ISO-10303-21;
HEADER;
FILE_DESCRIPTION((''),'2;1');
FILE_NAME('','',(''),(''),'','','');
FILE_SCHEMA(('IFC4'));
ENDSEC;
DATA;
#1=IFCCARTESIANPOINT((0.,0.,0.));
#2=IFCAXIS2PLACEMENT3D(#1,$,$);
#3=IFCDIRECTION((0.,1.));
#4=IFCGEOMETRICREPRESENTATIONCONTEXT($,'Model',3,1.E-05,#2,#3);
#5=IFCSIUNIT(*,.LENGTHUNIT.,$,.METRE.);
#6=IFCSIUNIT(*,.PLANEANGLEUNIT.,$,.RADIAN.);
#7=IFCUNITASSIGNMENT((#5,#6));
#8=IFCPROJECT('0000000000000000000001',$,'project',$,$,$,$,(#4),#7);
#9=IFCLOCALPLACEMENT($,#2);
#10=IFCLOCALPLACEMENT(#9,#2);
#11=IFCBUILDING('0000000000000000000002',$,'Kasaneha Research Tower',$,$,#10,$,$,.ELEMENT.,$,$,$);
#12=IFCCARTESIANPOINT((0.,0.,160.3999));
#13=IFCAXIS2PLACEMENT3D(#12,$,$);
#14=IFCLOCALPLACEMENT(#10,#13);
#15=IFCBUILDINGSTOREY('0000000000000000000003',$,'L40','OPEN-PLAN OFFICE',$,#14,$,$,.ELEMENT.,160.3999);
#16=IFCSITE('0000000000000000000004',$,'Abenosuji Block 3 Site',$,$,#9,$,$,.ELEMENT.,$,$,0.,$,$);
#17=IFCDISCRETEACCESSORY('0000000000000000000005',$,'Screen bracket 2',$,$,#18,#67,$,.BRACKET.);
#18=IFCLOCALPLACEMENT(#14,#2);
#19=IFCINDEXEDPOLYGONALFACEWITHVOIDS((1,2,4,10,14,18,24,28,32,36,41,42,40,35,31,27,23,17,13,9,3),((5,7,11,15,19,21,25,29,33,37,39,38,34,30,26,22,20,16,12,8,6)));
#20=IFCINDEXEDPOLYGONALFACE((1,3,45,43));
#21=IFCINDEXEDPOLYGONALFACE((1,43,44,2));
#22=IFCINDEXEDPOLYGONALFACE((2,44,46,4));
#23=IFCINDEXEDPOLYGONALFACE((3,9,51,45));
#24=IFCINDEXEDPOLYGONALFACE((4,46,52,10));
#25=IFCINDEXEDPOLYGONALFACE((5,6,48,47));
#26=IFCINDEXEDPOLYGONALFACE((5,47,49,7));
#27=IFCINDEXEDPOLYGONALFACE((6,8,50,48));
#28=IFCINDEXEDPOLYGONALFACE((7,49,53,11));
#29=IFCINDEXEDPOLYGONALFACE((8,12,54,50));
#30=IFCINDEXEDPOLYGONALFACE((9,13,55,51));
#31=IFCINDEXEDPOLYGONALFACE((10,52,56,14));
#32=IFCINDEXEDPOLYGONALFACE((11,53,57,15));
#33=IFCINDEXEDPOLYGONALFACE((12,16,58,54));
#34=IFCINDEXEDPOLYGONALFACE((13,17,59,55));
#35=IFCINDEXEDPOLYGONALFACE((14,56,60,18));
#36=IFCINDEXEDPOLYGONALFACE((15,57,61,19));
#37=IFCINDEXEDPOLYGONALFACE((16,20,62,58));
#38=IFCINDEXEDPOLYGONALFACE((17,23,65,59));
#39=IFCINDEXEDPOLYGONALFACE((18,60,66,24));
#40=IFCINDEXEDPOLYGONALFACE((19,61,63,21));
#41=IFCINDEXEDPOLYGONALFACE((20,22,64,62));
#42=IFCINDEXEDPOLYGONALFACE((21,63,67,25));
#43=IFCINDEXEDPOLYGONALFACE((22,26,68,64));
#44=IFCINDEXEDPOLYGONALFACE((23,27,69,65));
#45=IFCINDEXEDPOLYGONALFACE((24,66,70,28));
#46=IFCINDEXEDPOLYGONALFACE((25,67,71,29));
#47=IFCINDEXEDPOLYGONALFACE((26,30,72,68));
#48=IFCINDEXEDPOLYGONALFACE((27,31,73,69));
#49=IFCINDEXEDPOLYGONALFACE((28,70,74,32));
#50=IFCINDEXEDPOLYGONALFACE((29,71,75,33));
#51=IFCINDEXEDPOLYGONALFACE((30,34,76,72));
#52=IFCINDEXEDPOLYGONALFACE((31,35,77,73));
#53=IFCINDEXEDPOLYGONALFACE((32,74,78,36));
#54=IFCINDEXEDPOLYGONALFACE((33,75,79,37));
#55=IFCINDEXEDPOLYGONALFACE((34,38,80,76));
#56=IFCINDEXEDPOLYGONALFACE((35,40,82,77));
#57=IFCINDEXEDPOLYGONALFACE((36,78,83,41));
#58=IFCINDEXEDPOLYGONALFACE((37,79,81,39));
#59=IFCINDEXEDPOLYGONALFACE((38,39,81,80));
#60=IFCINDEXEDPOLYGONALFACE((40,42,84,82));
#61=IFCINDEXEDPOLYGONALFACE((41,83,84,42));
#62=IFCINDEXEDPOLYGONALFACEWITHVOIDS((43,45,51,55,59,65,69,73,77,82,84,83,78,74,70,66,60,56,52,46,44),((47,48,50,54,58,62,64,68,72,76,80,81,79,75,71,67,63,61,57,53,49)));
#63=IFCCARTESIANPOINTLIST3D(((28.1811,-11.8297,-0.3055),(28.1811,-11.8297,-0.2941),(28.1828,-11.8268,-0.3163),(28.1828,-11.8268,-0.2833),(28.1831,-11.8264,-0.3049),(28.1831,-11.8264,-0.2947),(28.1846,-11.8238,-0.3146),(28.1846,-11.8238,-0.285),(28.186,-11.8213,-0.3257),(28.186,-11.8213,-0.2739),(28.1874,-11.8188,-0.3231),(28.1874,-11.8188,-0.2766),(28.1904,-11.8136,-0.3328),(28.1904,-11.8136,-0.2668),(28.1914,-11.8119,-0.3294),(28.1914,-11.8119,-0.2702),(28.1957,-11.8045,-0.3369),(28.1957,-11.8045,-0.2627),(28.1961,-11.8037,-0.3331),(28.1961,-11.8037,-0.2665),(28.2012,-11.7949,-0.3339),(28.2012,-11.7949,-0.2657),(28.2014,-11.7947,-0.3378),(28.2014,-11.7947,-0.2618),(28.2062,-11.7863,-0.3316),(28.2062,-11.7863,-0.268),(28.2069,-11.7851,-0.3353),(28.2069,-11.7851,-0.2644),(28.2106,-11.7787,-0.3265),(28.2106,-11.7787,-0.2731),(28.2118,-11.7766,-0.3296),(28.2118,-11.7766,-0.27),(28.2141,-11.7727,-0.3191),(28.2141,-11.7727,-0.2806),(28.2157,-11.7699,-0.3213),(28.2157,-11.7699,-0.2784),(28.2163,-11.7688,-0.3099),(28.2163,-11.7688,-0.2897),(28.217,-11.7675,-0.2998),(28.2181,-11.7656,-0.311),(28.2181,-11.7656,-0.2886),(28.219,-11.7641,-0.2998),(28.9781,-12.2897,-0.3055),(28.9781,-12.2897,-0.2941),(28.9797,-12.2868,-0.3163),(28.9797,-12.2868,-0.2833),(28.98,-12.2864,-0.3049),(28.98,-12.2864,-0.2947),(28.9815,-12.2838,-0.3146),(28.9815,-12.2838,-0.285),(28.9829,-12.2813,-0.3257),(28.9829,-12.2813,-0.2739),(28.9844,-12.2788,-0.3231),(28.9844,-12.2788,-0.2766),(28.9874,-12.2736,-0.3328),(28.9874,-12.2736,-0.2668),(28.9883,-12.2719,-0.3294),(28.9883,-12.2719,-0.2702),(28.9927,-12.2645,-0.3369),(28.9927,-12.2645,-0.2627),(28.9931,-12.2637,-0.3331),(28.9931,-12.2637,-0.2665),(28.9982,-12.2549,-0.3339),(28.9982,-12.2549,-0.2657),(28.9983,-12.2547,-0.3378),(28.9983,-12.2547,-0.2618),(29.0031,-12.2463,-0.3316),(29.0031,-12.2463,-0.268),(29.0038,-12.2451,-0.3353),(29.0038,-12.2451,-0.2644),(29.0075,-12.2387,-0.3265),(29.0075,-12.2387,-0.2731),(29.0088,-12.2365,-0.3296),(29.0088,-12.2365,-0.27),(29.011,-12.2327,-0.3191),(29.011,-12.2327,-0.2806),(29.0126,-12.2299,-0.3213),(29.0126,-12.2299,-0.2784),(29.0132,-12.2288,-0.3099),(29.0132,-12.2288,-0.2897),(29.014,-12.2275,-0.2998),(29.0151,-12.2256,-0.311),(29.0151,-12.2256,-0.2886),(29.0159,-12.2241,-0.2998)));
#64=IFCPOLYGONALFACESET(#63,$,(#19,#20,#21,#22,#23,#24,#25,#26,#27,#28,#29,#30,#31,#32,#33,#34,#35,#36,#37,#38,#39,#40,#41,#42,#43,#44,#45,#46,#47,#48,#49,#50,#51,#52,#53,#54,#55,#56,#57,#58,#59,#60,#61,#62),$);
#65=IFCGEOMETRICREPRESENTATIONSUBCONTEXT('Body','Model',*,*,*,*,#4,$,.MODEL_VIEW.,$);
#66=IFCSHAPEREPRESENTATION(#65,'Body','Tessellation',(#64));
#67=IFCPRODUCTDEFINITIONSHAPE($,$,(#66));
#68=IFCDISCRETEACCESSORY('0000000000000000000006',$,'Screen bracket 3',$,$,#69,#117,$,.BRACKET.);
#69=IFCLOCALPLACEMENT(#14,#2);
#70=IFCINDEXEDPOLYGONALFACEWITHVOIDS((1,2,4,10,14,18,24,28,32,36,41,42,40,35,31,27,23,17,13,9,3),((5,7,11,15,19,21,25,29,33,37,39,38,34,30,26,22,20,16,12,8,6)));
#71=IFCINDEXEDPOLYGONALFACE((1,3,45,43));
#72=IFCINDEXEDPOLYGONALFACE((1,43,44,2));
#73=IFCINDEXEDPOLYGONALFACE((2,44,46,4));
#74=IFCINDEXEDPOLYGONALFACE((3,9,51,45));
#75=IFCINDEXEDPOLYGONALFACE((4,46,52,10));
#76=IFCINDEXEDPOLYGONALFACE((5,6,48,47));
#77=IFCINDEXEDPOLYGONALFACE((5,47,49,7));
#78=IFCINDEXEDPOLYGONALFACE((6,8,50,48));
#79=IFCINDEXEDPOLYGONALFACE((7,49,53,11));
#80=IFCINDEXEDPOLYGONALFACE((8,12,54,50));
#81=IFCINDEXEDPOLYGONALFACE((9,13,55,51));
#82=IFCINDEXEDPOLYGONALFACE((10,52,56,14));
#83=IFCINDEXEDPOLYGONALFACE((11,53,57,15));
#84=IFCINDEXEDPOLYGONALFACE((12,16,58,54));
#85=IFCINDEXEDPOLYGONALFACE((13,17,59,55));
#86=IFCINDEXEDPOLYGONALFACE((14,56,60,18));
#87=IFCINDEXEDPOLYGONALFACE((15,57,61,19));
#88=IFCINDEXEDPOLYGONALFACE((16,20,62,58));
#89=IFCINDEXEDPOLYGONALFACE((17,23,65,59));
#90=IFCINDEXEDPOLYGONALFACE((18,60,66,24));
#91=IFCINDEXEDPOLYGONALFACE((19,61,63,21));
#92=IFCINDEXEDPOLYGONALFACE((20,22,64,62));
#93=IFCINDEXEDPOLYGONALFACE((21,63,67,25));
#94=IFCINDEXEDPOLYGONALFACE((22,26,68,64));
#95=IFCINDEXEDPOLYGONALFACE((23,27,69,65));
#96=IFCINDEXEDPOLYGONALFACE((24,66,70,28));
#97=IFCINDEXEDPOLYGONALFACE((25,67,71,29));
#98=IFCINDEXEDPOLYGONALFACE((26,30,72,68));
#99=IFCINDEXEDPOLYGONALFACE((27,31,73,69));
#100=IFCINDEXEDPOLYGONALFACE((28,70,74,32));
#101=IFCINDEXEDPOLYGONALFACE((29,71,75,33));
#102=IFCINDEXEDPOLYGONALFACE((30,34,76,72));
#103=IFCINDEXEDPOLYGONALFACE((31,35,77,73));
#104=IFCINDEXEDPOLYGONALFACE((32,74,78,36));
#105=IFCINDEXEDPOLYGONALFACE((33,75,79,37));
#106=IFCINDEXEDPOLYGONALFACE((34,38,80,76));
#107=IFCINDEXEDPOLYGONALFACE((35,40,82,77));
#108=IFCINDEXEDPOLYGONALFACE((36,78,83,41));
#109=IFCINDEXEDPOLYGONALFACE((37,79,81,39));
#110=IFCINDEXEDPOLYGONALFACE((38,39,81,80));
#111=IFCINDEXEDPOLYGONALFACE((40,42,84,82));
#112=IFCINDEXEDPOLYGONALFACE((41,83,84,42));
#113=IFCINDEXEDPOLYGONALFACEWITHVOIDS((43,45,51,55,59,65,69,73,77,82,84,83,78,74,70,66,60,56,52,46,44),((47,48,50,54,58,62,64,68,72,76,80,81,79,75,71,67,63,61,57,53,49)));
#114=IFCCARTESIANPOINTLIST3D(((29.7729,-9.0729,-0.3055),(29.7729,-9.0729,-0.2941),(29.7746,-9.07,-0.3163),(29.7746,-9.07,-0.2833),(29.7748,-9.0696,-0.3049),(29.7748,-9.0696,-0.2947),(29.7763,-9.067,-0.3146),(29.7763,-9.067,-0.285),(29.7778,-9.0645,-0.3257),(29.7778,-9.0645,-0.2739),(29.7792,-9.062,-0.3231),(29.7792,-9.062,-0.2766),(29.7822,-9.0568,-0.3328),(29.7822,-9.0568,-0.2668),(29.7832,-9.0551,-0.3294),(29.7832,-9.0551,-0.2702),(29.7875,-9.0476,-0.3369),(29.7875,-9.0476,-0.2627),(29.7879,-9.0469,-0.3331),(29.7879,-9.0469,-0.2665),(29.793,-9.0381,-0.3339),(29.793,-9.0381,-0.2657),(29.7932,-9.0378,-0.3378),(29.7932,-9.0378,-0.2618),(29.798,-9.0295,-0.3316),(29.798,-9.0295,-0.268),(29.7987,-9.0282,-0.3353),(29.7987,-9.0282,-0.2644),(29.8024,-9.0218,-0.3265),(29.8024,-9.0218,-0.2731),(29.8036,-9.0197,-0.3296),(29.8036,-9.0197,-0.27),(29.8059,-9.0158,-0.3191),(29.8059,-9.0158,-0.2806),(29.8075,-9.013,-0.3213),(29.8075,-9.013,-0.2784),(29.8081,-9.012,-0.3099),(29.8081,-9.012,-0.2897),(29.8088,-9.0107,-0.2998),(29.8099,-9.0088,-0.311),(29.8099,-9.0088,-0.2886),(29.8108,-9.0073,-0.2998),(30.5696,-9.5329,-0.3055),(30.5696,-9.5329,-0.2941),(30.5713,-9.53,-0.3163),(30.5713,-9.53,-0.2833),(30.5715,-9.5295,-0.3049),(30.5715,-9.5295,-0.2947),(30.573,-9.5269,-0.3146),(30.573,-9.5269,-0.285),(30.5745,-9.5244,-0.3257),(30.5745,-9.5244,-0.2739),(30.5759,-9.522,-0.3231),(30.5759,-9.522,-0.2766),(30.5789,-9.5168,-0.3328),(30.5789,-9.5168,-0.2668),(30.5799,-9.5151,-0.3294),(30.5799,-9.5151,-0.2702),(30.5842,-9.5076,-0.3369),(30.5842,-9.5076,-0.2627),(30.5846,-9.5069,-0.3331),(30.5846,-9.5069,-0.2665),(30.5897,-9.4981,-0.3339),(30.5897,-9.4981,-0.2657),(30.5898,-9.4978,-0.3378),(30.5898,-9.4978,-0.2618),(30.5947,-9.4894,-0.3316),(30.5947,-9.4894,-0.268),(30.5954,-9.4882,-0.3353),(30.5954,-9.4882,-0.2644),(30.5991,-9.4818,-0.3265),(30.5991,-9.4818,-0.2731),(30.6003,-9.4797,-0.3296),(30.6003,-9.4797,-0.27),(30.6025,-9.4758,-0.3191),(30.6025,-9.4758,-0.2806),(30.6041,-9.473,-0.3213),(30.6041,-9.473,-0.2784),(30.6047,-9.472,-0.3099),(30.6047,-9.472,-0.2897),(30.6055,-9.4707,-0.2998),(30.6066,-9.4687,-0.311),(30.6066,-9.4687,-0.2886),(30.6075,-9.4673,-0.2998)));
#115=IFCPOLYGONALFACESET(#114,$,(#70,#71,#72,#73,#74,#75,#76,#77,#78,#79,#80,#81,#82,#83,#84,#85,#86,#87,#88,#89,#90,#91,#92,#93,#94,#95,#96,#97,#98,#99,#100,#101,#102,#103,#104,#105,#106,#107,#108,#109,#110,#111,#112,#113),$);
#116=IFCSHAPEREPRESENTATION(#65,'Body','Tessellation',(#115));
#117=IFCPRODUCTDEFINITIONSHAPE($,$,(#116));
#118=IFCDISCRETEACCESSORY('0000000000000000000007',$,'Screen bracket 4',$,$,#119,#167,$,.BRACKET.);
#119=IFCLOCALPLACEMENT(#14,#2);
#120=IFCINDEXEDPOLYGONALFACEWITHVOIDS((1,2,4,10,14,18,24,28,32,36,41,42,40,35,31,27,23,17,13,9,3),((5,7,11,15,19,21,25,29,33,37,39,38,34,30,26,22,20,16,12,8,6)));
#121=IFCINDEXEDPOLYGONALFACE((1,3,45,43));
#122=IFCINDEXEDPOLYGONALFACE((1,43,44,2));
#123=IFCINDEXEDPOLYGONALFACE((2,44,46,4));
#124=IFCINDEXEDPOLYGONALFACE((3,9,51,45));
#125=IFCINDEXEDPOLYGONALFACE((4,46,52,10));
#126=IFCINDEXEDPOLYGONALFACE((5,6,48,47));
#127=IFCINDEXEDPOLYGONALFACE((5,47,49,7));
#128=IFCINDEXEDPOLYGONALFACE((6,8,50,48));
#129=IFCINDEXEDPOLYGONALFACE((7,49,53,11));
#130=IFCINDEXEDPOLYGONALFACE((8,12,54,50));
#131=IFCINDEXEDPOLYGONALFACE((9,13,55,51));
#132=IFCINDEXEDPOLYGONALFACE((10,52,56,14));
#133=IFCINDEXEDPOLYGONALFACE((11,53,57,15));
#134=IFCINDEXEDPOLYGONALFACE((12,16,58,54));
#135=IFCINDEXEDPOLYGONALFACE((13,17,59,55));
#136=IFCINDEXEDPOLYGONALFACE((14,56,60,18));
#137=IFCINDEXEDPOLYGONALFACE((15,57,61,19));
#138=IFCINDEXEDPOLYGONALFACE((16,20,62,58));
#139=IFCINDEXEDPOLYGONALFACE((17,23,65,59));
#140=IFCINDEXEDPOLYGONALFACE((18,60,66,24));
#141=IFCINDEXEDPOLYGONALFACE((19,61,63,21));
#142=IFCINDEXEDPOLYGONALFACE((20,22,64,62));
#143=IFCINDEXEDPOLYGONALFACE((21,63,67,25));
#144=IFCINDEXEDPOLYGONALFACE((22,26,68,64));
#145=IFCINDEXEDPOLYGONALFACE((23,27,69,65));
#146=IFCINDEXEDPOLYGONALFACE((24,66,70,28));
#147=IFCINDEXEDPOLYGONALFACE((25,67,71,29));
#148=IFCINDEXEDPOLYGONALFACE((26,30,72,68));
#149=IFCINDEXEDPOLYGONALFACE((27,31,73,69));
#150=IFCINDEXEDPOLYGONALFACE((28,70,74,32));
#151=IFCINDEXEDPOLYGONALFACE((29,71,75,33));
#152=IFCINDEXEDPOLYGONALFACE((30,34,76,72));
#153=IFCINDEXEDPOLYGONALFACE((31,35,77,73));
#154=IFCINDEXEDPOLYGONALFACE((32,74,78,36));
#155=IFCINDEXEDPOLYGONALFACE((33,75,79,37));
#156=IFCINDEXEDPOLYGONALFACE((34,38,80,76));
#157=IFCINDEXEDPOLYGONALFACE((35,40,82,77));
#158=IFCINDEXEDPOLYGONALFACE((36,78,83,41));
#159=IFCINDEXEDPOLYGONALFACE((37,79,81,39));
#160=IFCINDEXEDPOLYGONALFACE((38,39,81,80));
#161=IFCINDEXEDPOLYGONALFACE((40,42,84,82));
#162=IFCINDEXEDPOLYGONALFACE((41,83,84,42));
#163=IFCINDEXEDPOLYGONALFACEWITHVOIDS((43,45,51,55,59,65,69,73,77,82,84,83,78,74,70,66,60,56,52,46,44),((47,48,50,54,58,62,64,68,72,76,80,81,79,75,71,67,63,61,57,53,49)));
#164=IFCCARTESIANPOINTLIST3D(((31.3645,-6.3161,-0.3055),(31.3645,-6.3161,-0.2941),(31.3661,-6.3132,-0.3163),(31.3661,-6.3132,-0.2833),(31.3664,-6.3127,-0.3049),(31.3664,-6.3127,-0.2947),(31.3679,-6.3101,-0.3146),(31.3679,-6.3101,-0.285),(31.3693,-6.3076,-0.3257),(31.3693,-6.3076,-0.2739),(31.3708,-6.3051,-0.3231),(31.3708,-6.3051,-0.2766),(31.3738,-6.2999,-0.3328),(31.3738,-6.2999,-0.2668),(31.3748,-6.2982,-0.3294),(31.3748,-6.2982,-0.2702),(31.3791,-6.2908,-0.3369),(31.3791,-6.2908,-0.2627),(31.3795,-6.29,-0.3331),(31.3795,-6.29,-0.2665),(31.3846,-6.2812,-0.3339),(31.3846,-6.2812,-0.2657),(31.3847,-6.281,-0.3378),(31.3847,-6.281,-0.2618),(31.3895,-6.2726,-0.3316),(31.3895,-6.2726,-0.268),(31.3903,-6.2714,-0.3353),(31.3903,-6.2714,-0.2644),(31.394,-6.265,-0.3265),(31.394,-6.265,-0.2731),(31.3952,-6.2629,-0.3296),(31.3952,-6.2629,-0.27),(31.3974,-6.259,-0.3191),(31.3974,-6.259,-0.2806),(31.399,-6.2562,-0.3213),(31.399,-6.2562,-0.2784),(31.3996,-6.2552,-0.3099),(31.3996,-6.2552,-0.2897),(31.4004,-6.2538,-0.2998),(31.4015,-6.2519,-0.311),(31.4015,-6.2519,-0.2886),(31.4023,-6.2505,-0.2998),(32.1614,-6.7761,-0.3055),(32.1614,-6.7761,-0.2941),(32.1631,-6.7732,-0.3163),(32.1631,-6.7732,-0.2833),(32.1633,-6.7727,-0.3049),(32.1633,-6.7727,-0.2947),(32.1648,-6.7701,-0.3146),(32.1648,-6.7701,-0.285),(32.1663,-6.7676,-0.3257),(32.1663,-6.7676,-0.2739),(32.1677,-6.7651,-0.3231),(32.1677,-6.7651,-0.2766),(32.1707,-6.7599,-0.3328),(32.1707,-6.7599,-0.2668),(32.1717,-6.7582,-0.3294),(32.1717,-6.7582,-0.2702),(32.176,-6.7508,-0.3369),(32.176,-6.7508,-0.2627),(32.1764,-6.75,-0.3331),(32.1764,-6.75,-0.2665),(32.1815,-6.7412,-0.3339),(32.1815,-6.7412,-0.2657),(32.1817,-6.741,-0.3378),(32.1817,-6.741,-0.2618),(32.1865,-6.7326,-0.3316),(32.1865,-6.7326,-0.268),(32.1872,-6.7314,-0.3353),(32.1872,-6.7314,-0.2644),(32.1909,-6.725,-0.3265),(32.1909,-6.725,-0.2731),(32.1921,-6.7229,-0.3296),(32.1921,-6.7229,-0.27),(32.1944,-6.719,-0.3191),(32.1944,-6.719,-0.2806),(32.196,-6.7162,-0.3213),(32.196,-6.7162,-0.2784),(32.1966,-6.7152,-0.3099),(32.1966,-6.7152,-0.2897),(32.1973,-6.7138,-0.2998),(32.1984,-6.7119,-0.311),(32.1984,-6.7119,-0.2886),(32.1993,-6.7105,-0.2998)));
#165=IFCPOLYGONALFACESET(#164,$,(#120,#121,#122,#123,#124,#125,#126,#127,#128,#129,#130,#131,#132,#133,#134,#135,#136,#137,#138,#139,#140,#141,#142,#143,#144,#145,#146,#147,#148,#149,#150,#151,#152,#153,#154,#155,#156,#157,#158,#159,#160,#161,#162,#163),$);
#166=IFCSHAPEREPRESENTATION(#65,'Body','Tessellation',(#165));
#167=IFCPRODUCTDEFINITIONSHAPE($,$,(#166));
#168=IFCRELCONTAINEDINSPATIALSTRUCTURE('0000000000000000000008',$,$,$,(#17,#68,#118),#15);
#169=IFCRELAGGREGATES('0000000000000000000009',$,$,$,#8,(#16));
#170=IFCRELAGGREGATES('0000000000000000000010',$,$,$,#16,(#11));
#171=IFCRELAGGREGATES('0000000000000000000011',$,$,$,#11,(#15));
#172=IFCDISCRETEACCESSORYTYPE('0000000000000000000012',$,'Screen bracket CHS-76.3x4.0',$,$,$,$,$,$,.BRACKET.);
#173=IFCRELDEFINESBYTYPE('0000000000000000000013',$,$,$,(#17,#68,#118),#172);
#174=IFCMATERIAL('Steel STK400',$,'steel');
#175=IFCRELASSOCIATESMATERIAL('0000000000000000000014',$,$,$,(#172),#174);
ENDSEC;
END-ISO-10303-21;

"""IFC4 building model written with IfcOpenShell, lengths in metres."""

from ifc_helpers import new_model, si_unit, direction, frame, origin, origin_2d, place, context, subcontext, project, spatial, hollow_circle, extrude, material, material_profile, profile_set, type_object, element, save


model = new_model("IFC4")

# Units and contexts
model_context = context("Model", 3, precision=1e-05, world=origin(), true_north=direction((0.0, 1.0)))
body_context = subcontext(model_context, "Body", "Model", "MODEL_VIEW")
ifc_project = project(units=[si_unit("LENGTHUNIT", "METRE"), si_unit("PLANEANGLEUNIT", "RADIAN")], contexts=[model_context])

# Site, building, storey
site_placement = place(None, origin())
site = spatial("IfcSite", under=ifc_project, at=site_placement, Name="Abenosuji Block 3 Site", CompositionType="ELEMENT", RefElevation=0.0)
building_placement = place(site_placement, origin())
building = spatial("IfcBuilding", under=site, at=building_placement, Name="Kasaneha Research Tower", CompositionType="ELEMENT")
storey_placement = place(building_placement, frame((0.0, 0.0, 160.3999)))
storey = spatial("IfcBuildingStorey", under=building, at=storey_placement, Name="L40", Description="OPEN-PLAN OFFICE", CompositionType="ELEMENT", Elevation=160.3999)

# Discrete accessories
ifc_material_1 = material(Name="Steel STK400", Category="steel")
ifc_material_profile_1 = material_profile(ifc_material_1, hollow_circle(Radius=0.0381, WallThickness=0.0039, at=origin_2d()), Name="CHS-76.3x4.0")
ifc_profile_set_1 = profile_set([ifc_material_profile_1], Name="Steel STK400")
discrete_accessory_type = type_object("IfcDiscreteAccessoryType", Name="Screen bracket CHS-76.3x4.0", PredefinedType="BRACKET", material=ifc_profile_set_1)
discrete_accessory_1_placement = place(storey_placement, frame((28.2, -11.7971, -0.2998), z_axis=(0.86608, -0.499906, 0.0), x_axis=(0.499906, 0.86608, 0.0)))
element("IfcDiscreteAccessory", 1, at=discrete_accessory_1_placement, inside=storey, type_object=discrete_accessory_type, Name="Screen bracket 2", PredefinedType="BRACKET", context=body_context, shape_type="SweptSolid", body=[
    extrude(hollow_circle(Radius=0.0381, WallThickness=0.0039, at=origin_2d()), origin(), (0.0, 0.0, 1.0), 0.9202),
])
discrete_accessory_2_placement = place(storey_placement, frame((29.7917, -9.0403, -0.2998), z_axis=(0.866013, -0.500021, 0.0), x_axis=(0.500021, 0.866013, 0.0)))
element("IfcDiscreteAccessory", 2, at=discrete_accessory_2_placement, inside=storey, type_object=discrete_accessory_type, Name="Screen bracket 3", PredefinedType="BRACKET", context=body_context, shape_type="SweptSolid", body=[
    extrude(hollow_circle(Radius=0.0381, WallThickness=0.0039, at=origin_2d()), origin(), (0.0, 0.0, 1.0), 0.9199),
])
discrete_accessory_3_placement = place(storey_placement, frame((31.3833, -6.2834, -0.2998), z_axis=(0.86608, -0.499906, 0.0), x_axis=(0.499906, 0.86608, 0.0)))
element("IfcDiscreteAccessory", 3, at=discrete_accessory_3_placement, inside=storey, type_object=discrete_accessory_type, Name="Screen bracket 4", PredefinedType="BRACKET", context=body_context, shape_type="SweptSolid", body=[
    extrude(hollow_circle(Radius=0.0381, WallThickness=0.0039, at=origin_2d()), origin(), (0.0, 0.0, 1.0), 0.9202),
])

save(model, "model.ifc")
